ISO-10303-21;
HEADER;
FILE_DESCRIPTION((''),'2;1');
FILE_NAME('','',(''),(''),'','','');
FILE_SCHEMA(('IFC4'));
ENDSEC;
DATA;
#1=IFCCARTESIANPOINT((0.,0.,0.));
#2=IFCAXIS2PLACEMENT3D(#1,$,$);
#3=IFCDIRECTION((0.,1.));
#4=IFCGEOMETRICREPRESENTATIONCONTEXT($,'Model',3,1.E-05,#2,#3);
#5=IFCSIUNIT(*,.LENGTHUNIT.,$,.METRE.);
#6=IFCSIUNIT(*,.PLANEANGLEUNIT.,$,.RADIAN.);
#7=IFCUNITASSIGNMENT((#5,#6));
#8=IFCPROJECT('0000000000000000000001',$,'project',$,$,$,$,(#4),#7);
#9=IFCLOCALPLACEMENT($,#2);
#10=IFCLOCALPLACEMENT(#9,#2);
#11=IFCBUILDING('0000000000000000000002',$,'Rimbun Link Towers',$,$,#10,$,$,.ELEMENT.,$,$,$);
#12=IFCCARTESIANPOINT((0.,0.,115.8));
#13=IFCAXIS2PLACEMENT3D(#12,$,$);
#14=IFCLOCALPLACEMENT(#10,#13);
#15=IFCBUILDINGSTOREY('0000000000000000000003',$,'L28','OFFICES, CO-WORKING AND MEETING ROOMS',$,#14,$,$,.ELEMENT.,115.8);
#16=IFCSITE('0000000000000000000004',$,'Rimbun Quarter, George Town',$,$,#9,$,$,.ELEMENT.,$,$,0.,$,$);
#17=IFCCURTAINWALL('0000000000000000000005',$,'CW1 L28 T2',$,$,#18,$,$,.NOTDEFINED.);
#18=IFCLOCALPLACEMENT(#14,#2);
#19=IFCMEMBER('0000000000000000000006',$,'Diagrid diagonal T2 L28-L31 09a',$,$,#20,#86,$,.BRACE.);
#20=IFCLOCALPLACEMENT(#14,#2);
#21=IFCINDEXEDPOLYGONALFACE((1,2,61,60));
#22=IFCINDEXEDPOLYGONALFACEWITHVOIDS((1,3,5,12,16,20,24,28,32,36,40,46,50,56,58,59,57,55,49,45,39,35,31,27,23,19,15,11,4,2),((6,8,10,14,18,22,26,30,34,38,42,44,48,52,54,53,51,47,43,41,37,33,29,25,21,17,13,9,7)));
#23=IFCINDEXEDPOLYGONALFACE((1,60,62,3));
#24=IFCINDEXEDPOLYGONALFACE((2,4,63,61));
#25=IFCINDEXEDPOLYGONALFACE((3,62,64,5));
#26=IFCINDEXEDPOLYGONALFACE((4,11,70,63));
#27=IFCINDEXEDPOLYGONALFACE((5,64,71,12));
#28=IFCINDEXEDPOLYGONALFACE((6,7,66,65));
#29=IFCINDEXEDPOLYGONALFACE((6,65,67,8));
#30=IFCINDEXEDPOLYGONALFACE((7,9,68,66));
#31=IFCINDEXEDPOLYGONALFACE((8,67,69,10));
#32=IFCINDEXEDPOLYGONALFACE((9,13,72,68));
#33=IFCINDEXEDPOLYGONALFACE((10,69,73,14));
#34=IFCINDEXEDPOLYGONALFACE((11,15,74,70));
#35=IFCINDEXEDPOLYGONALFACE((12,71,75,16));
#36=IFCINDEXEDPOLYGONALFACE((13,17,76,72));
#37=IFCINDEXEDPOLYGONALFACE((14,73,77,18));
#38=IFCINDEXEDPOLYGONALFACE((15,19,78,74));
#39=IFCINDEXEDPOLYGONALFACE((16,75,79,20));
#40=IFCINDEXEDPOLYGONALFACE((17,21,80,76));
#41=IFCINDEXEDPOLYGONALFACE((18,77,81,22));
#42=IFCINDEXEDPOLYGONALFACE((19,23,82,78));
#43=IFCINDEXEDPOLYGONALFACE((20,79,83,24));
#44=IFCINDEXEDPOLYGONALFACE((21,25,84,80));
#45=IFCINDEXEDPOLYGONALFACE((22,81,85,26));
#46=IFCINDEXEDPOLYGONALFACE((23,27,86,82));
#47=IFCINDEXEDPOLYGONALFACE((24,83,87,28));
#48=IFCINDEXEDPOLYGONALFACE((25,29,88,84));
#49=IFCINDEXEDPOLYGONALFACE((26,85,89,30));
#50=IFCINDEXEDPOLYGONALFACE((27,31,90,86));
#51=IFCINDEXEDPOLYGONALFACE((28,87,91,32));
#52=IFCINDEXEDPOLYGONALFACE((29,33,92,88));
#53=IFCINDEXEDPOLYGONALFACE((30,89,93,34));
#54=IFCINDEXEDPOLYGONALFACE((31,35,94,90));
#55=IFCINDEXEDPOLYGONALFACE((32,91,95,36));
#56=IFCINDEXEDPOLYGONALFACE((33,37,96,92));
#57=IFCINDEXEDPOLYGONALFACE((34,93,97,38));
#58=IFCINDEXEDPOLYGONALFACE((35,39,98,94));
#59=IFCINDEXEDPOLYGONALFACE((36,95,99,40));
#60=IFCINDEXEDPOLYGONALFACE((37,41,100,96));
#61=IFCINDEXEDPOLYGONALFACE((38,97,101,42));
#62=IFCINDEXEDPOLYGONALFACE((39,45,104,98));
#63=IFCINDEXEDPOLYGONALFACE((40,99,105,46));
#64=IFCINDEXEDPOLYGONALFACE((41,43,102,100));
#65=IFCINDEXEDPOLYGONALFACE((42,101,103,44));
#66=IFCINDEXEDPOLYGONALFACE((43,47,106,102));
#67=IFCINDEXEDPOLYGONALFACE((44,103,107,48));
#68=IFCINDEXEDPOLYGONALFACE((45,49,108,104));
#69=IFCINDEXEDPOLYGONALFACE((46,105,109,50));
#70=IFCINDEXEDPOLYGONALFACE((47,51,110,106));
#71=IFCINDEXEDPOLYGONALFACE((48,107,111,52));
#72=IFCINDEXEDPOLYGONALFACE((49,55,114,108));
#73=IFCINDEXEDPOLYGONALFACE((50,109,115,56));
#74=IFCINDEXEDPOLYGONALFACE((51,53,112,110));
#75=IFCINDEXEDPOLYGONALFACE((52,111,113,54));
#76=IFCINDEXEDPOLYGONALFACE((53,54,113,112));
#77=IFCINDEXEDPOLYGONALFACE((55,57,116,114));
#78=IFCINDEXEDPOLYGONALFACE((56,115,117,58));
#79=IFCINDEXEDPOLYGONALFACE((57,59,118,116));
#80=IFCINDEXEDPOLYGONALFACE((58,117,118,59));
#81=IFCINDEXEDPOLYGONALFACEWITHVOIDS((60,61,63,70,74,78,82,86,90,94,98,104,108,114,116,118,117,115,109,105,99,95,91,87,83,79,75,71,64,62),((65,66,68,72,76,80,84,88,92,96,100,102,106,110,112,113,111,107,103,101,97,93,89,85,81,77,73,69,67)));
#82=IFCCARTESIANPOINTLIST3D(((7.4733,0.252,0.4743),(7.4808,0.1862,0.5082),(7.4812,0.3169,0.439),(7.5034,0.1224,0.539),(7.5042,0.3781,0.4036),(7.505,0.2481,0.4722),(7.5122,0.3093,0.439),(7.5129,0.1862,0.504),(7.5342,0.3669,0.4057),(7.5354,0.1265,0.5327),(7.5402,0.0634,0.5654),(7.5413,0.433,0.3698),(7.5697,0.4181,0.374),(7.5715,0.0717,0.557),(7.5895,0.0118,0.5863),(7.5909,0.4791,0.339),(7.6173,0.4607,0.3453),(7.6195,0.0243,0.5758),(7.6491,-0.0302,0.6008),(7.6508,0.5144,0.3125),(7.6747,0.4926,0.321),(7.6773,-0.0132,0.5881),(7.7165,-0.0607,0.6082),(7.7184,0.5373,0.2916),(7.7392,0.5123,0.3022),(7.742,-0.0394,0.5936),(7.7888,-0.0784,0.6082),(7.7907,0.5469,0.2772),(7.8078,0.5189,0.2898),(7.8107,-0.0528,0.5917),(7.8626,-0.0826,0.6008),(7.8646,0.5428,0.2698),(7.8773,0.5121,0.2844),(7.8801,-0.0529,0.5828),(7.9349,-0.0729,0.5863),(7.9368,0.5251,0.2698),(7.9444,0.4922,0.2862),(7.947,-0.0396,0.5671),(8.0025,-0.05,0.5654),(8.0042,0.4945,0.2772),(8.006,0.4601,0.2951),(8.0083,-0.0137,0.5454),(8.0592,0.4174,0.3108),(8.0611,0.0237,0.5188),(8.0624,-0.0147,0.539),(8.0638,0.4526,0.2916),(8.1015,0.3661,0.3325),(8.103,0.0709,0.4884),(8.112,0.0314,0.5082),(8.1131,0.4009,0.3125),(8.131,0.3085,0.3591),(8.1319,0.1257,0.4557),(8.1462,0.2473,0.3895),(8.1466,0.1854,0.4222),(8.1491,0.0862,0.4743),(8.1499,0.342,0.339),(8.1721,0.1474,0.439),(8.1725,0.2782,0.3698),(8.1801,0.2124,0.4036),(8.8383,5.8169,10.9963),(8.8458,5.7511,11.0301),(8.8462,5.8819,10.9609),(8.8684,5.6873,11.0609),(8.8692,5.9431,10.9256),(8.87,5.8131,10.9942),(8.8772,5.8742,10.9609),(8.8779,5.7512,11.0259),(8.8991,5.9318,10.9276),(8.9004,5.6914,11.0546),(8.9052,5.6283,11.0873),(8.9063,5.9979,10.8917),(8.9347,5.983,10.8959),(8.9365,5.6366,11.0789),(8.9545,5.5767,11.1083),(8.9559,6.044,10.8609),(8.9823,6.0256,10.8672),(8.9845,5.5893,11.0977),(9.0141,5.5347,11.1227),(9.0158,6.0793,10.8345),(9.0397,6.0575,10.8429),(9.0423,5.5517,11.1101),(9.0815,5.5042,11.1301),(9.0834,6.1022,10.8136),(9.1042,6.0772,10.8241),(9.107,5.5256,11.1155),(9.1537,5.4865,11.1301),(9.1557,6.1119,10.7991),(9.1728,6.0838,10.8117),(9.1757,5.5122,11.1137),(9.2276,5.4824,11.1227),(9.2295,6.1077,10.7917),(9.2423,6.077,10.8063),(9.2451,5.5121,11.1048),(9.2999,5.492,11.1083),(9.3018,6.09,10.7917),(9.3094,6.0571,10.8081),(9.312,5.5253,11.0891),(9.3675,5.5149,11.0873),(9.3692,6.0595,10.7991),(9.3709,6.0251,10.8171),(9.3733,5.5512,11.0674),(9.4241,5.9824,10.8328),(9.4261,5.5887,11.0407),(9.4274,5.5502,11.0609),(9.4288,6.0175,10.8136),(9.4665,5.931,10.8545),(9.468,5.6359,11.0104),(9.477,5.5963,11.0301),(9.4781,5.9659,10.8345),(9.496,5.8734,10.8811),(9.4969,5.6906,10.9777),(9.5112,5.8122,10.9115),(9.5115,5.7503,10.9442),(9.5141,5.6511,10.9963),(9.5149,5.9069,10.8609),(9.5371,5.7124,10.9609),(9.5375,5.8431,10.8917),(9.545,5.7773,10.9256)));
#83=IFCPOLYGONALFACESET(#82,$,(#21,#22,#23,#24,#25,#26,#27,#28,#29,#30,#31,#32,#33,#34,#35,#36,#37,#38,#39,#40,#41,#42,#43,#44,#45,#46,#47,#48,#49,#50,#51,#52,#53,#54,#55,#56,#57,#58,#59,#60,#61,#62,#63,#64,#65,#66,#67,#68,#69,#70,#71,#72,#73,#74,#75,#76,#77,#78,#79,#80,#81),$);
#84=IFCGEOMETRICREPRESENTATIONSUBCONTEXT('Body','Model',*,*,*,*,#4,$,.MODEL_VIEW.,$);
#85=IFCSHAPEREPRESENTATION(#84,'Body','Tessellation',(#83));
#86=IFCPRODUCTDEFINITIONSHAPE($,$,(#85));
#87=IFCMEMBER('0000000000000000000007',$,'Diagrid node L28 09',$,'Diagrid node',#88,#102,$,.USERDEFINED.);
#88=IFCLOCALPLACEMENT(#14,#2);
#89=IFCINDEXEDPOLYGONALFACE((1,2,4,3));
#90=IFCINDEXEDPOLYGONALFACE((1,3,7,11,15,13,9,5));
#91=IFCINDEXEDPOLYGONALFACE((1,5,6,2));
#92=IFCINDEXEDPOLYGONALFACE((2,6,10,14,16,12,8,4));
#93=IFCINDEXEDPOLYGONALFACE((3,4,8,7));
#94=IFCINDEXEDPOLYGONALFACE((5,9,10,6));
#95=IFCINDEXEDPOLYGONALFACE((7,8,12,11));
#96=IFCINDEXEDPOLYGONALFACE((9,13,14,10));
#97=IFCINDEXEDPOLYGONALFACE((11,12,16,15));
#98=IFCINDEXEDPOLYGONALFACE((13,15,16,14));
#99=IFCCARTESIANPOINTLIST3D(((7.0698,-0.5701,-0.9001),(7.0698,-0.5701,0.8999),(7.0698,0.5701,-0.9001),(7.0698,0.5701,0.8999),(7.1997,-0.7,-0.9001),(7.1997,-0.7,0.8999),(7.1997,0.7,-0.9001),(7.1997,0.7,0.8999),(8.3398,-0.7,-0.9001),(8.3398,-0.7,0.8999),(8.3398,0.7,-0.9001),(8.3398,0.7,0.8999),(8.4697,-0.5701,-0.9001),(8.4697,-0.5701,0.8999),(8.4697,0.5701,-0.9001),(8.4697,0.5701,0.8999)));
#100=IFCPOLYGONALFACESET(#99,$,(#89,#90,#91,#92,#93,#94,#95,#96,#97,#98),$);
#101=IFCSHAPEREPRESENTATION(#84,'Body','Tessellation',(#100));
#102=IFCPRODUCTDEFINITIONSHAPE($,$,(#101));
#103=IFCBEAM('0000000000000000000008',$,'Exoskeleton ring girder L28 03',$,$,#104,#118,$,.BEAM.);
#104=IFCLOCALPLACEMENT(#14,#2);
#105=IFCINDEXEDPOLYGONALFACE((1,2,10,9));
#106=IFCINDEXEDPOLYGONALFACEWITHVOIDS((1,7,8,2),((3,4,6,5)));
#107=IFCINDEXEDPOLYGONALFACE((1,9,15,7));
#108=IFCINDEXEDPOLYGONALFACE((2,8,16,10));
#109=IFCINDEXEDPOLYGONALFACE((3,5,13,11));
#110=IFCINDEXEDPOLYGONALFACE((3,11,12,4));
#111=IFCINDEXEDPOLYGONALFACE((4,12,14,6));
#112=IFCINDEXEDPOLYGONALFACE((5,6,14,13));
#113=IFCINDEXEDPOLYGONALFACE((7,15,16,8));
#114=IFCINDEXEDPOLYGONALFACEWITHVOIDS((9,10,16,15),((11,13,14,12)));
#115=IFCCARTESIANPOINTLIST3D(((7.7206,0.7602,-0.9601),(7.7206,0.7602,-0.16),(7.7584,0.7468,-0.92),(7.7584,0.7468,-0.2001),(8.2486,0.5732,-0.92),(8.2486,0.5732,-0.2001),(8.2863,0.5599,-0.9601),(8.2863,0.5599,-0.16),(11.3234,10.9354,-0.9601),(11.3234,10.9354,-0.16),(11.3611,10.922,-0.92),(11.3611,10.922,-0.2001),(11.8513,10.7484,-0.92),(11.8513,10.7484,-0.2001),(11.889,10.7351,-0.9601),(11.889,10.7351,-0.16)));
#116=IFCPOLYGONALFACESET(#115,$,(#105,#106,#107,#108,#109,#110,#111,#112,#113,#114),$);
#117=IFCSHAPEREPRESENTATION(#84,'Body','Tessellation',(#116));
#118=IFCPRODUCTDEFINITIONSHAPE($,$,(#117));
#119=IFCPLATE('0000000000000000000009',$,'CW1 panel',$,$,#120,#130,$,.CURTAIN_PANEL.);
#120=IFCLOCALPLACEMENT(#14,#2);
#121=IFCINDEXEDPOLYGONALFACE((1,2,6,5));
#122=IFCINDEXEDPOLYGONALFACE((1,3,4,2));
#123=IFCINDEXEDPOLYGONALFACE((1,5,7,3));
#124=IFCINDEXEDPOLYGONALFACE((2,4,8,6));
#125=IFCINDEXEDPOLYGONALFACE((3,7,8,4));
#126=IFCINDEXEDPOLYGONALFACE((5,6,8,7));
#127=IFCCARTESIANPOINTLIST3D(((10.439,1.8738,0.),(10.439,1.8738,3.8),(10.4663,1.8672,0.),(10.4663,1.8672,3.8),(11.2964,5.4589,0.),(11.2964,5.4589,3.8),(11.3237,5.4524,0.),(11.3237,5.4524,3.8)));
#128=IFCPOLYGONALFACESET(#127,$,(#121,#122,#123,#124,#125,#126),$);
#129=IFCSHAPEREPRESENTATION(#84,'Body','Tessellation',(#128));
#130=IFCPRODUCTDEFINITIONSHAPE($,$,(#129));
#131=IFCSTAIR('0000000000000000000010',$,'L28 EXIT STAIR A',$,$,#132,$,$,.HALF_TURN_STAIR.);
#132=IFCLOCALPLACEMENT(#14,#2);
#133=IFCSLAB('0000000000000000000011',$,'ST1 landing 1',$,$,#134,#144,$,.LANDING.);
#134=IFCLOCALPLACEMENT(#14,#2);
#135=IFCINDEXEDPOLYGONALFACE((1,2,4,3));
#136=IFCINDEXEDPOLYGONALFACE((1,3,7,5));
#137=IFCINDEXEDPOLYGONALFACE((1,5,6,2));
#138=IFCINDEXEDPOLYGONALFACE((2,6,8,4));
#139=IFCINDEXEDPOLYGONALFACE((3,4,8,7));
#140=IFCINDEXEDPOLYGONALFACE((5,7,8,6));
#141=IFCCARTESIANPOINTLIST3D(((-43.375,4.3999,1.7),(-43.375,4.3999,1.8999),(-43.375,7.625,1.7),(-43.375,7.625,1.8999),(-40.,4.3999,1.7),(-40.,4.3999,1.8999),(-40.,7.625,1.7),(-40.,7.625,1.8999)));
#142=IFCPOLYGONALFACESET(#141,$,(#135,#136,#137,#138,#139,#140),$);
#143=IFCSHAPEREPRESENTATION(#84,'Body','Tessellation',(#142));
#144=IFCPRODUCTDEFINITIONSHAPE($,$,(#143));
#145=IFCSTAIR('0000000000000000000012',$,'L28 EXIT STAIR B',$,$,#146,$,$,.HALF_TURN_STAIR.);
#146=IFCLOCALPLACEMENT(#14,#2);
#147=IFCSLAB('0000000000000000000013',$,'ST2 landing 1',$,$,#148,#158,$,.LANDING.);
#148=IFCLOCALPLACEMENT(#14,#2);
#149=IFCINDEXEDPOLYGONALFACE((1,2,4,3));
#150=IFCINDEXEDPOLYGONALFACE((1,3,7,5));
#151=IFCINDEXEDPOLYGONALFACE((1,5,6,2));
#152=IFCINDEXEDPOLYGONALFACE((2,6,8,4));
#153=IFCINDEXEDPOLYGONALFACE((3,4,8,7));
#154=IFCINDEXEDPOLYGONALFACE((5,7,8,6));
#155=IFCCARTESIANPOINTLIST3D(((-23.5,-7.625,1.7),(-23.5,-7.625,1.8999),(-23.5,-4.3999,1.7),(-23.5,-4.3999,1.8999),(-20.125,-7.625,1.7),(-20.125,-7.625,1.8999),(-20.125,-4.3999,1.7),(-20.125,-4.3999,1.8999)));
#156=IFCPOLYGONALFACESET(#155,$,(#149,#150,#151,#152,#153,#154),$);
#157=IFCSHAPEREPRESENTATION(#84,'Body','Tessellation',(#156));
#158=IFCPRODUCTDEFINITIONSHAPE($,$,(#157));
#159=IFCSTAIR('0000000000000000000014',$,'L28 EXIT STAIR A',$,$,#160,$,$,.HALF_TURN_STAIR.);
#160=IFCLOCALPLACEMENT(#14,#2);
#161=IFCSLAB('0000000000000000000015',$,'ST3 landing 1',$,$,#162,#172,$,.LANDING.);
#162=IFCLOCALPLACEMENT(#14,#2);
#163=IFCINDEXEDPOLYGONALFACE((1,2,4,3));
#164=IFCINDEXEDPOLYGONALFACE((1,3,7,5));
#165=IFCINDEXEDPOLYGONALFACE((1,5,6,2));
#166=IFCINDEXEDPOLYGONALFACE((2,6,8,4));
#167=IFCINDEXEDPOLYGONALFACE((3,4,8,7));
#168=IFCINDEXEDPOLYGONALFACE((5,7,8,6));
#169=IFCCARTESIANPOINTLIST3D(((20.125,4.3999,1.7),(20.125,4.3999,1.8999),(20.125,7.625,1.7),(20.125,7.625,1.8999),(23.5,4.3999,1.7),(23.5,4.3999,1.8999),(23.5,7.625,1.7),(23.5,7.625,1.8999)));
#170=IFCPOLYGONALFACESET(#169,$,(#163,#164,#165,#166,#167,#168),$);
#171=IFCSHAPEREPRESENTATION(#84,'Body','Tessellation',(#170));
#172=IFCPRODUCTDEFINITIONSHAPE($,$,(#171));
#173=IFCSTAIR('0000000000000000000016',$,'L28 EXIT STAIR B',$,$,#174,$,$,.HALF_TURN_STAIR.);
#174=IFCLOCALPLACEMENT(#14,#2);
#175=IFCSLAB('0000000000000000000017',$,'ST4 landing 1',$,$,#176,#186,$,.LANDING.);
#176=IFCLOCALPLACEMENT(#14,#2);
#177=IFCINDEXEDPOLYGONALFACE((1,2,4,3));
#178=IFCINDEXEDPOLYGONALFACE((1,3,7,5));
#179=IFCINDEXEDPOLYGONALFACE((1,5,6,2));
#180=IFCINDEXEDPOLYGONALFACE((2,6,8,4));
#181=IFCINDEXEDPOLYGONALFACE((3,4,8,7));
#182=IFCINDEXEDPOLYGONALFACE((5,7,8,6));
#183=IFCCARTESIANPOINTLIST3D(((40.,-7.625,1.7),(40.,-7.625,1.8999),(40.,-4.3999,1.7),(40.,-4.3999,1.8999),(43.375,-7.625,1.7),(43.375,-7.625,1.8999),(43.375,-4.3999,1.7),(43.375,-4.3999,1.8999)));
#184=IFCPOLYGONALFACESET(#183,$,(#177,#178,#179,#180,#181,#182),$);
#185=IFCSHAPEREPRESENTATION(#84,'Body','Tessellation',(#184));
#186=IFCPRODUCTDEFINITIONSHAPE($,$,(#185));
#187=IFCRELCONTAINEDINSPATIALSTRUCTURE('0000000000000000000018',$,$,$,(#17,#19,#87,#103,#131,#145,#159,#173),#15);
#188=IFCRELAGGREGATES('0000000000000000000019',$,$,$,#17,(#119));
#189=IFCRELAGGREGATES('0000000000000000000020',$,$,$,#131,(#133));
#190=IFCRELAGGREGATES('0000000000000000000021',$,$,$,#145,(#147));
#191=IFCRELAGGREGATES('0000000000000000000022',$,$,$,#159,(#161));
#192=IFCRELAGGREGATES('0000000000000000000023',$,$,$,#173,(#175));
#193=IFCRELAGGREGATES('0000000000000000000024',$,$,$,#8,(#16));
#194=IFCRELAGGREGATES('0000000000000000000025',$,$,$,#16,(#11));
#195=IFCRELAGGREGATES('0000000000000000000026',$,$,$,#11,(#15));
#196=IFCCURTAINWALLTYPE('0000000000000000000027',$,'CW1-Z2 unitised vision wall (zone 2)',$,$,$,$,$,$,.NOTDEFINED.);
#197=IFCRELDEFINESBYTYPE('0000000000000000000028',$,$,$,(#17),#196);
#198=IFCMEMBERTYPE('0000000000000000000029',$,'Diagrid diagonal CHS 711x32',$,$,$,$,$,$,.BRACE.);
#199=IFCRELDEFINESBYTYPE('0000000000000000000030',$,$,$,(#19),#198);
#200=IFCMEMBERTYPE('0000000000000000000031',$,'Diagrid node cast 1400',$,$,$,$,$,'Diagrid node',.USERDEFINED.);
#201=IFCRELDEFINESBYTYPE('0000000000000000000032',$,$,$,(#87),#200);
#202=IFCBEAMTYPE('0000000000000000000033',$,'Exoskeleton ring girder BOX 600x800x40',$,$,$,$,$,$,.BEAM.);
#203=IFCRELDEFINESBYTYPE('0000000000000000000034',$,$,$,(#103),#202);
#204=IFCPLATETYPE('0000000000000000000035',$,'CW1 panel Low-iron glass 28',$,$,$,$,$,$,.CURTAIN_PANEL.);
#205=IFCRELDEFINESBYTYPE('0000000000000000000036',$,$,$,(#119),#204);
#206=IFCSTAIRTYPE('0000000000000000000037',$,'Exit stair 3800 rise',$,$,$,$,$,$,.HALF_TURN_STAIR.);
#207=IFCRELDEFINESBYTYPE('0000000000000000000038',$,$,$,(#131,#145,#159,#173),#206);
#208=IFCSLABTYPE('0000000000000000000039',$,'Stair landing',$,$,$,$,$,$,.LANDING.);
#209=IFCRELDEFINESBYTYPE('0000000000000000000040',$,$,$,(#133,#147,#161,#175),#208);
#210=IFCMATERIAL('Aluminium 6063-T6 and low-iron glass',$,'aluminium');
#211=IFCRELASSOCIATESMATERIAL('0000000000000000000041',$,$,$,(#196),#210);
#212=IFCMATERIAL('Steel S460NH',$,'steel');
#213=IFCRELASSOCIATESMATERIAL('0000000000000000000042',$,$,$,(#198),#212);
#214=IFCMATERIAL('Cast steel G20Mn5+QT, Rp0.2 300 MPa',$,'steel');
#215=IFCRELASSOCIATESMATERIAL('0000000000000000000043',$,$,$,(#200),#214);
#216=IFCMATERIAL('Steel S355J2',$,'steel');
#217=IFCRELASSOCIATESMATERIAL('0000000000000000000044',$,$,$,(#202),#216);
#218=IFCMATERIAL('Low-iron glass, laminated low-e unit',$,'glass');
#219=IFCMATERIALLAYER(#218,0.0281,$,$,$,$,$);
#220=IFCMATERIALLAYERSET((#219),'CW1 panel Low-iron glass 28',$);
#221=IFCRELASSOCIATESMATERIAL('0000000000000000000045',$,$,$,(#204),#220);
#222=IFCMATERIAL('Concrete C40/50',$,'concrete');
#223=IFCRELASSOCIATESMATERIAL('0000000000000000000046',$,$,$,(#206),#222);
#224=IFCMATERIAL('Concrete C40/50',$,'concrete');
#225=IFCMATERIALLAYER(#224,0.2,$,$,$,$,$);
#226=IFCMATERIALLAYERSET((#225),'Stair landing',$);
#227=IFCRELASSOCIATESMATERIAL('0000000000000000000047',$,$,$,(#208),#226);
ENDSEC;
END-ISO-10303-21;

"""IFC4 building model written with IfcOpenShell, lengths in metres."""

from ifc_helpers import new_model, si_unit, direction, frame, origin, origin_2d, place, context, subcontext, project, spatial, polyline, rectangle, hollow_rectangle, hollow_circle, outline, extrude, material, layer, layer_set, material_profile, profile_set, type_object, element, aggregate, save


model = new_model("IFC4")

# Units and contexts
model_context = context("Model", 3, precision=1e-05, world=origin(), true_north=direction((0.0, 1.0)))
body_context = subcontext(model_context, "Body", "Model", "MODEL_VIEW")
ifc_project = project(units=[si_unit("LENGTHUNIT", "METRE"), si_unit("PLANEANGLEUNIT", "RADIAN")], contexts=[model_context])

# Site, building, storey
site_placement = place(None, origin())
site = spatial("IfcSite", under=ifc_project, at=site_placement, Name="Rimbun Quarter, George Town", CompositionType="ELEMENT", RefElevation=0.0)
building_placement = place(site_placement, origin())
building = spatial("IfcBuilding", under=site, at=building_placement, Name="Rimbun Link Towers", CompositionType="ELEMENT")
storey_placement = place(building_placement, frame((0.0, 0.0, 115.8)))
storey = spatial("IfcBuildingStorey", under=building, at=storey_placement, Name="L28", Description="OFFICES, CO-WORKING AND MEETING ROOMS", CompositionType="ELEMENT", Elevation=115.8)

# Curtain wall
ifc_material_1 = material(Name="Aluminium 6063-T6 and low-iron glass", Category="aluminium")
curtain_wall_type = type_object("IfcCurtainWallType", Name="CW1-Z2 unitised vision wall (zone 2)", PredefinedType="NOTDEFINED", material=ifc_material_1)
curtain_wall_placement = place(storey_placement, origin())
curtain_wall = element("IfcCurtainWall", 1, at=curtain_wall_placement, inside=storey, type_object=curtain_wall_type, Name="CW1 L28 T2", PredefinedType="NOTDEFINED")

# Members
ifc_material_2 = material(Name="Steel S460NH", Category="steel")
ifc_material_profile_1 = material_profile(ifc_material_2, hollow_circle(Radius=0.3557, WallThickness=0.032, at=origin_2d()), Name="Diagrid diagonal CHS 711x32")
ifc_profile_set_1 = profile_set([ifc_material_profile_1], Name="Steel S460NH")
member_type_1 = type_object("IfcMemberType", Name="Diagrid diagonal CHS 711x32", PredefinedType="BRACE", material=ifc_profile_set_1)
member_1_placement = place(storey_placement, frame((7.8267, 0.2322, 0.439), z_axis=(0.11393, 0.464482, 0.878224), x_axis=(-0.971211, 0.238222, 0.0)))
element("IfcMember", 2, at=member_1_placement, inside=storey, type_object=member_type_1, Name="Diagrid diagonal T2 L28-L31 09a", PredefinedType="BRACE", context=body_context, shape_type="SweptSolid", body=[
    extrude(hollow_circle(Radius=0.3557, WallThickness=0.032, at=origin_2d()), origin(), (0.0, 0.0, 1.0), 11.981),
])
ifc_material_3 = material(Name="Cast steel G20Mn5+QT, Rp0.2 300 MPa", Category="steel")
ifc_material_profile_2 = material_profile(ifc_material_3, outline(polyline([(0.7, -0.5701), (0.7, 0.5701), (0.5701, 0.7), (-0.5701, 0.7), (-0.7, 0.5701), (-0.7, -0.5701), (-0.5701, -0.7), (0.5701, -0.7), (0.7, -0.5701)])), Name="NODE 1400x1400")
ifc_profile_set_2 = profile_set([ifc_material_profile_2], Name="Cast steel G20Mn5+QT, Rp0.2 300 MPa")
member_type_2 = type_object("IfcMemberType", Name="Diagrid node cast 1400", ElementType="Diagrid node", PredefinedType="USERDEFINED", material=ifc_profile_set_2)
member_2_placement = place(storey_placement, frame((7.7698, 0.0, -0.9001), z_axis=(0.0, 0.0, 1.0), x_axis=(-1.0, 0.0, 0.0)))
element("IfcMember", 3, at=member_2_placement, inside=storey, type_object=member_type_2, Name="Diagrid node L28 09", ObjectType="Diagrid node", PredefinedType="USERDEFINED", context=body_context, shape_type="SweptSolid", body=[
    extrude(outline(polyline([(0.7, -0.5701), (0.7, 0.5701), (0.5701, 0.7), (-0.5701, 0.7), (-0.7, 0.5701), (-0.7, -0.5701), (-0.5701, -0.7), (0.5701, -0.7), (0.7, -0.5701)])), origin(), (0.0, 0.0, 1.0), 1.8),
])

# Beam
ifc_material_4 = material(Name="Steel S355J2", Category="steel")
ifc_material_profile_3 = material_profile(ifc_material_4, hollow_rectangle(XDim=0.6001, YDim=0.8, WallThickness=0.04, at=origin_2d()), Name="Exoskeleton ring girder BOX 600x800x40")
ifc_profile_set_3 = profile_set([ifc_material_profile_3], Name="Steel S355J2")
beam_type = type_object("IfcBeamType", Name="Exoskeleton ring girder BOX 600x800x40", PredefinedType="BEAM", material=ifc_profile_set_3)
beam_placement = place(storey_placement, frame((11.6062, 10.8352, -0.5601), z_axis=(-0.333768, -0.942655, 0.0), x_axis=(0.942655, -0.333768, 0.0)))
element("IfcBeam", 4, at=beam_placement, inside=storey, type_object=beam_type, Name="Exoskeleton ring girder L28 03", PredefinedType="BEAM", context=body_context, shape_type="SweptSolid", body=[
    extrude(hollow_rectangle(XDim=0.6001, YDim=0.8, WallThickness=0.04, at=origin_2d()), origin(), (0.0, 0.0, 1.0), 10.7942),
])

# Plate
ifc_material_5 = material(Name="Low-iron glass, laminated low-e unit", Category="glass")
ifc_layer_1 = layer(ifc_material_5, 0.0281)
ifc_layer_set_1 = layer_set([ifc_layer_1], Name="CW1 panel Low-iron glass 28")
plate_type = type_object("IfcPlateType", Name="CW1 panel Low-iron glass 28", PredefinedType="CURTAIN_PANEL", material=ifc_layer_set_1)
plate_placement = place(storey_placement, frame((10.8813, 3.6631, 0.0), z_axis=(0.0, 0.0, 1.0), x_axis=(0.232603, 0.972572, 0.0)))
plate = element("IfcPlate", 5, at=plate_placement, type_object=plate_type, Name="CW1 panel", PredefinedType="CURTAIN_PANEL", context=body_context, shape_type="SweptSolid", body=[
    extrude(rectangle(XDim=3.6863, YDim=0.0281, at=origin_2d()), origin(), (0.0, 0.0, 1.0), 3.8),
])
aggregate(curtain_wall, [plate])

# Stairs, slabs
ifc_material_6 = material(Name="Concrete C40/50", Category="concrete")
stair_type = type_object("IfcStairType", Name="Exit stair 3800 rise", PredefinedType="HALF_TURN_STAIR", material=ifc_material_6)
stair_1_placement = place(storey_placement, origin())
stair_1 = element("IfcStair", 6, at=stair_1_placement, inside=storey, type_object=stair_type, Name="L28 EXIT STAIR A", PredefinedType="HALF_TURN_STAIR")
ifc_material_7 = material(Name="Concrete C40/50", Category="concrete")
ifc_layer_2 = layer(ifc_material_7, 0.2)
ifc_layer_set_2 = layer_set([ifc_layer_2], Name="Stair landing")
slab_type = type_object("IfcSlabType", Name="Stair landing", PredefinedType="LANDING", material=ifc_layer_set_2)
slab_1_placement = place(storey_placement, frame((0.0, 0.0, 1.7)))
slab_1 = element("IfcSlab", 7, at=slab_1_placement, type_object=slab_type, Name="ST1 landing 1", PredefinedType="LANDING", context=body_context, shape_type="SweptSolid", body=[
    extrude(outline(polyline([(-40.0, 7.625), (-43.375, 7.625), (-43.375, 4.3999), (-40.0, 4.3999), (-40.0, 7.625)])), origin(), (0.0, 0.0, 1.0), 0.2),
])
aggregate(stair_1, [slab_1])
stair_2_placement = place(storey_placement, origin())
stair_2 = element("IfcStair", 8, at=stair_2_placement, inside=storey, type_object=stair_type, Name="L28 EXIT STAIR B", PredefinedType="HALF_TURN_STAIR")
slab_2_placement = place(storey_placement, frame((0.0, 0.0, 1.7)))
slab_2 = element("IfcSlab", 9, at=slab_2_placement, type_object=slab_type, Name="ST2 landing 1", PredefinedType="LANDING", context=body_context, shape_type="SweptSolid", body=[
    extrude(outline(polyline([(-23.5, -7.625), (-20.125, -7.625), (-20.125, -4.3999), (-23.5, -4.3999), (-23.5, -7.625)])), origin(), (0.0, 0.0, 1.0), 0.2),
])
aggregate(stair_2, [slab_2])
stair_3_placement = place(storey_placement, origin())
stair_3 = element("IfcStair", 10, at=stair_3_placement, inside=storey, type_object=stair_type, Name="L28 EXIT STAIR A", PredefinedType="HALF_TURN_STAIR")
slab_3_placement = place(storey_placement, frame((0.0, 0.0, 1.7)))
slab_3 = element("IfcSlab", 11, at=slab_3_placement, type_object=slab_type, Name="ST3 landing 1", PredefinedType="LANDING", context=body_context, shape_type="SweptSolid", body=[
    extrude(outline(polyline([(23.5, 7.625), (20.125, 7.625), (20.125, 4.3999), (23.5, 4.3999), (23.5, 7.625)])), origin(), (0.0, 0.0, 1.0), 0.2),
])
aggregate(stair_3, [slab_3])
stair_4_placement = place(storey_placement, origin())
stair_4 = element("IfcStair", 12, at=stair_4_placement, inside=storey, type_object=stair_type, Name="L28 EXIT STAIR B", PredefinedType="HALF_TURN_STAIR")
slab_4_placement = place(storey_placement, frame((0.0, 0.0, 1.7)))
slab_4 = element("IfcSlab", 13, at=slab_4_placement, type_object=slab_type, Name="ST4 landing 1", PredefinedType="LANDING", context=body_context, shape_type="SweptSolid", body=[
    extrude(outline(polyline([(40.0, -7.625), (43.375, -7.625), (43.375, -4.3999), (40.0, -4.3999), (40.0, -7.625)])), origin(), (0.0, 0.0, 1.0), 0.2),
])
aggregate(stair_4, [slab_4])

save(model, "model.ifc")
